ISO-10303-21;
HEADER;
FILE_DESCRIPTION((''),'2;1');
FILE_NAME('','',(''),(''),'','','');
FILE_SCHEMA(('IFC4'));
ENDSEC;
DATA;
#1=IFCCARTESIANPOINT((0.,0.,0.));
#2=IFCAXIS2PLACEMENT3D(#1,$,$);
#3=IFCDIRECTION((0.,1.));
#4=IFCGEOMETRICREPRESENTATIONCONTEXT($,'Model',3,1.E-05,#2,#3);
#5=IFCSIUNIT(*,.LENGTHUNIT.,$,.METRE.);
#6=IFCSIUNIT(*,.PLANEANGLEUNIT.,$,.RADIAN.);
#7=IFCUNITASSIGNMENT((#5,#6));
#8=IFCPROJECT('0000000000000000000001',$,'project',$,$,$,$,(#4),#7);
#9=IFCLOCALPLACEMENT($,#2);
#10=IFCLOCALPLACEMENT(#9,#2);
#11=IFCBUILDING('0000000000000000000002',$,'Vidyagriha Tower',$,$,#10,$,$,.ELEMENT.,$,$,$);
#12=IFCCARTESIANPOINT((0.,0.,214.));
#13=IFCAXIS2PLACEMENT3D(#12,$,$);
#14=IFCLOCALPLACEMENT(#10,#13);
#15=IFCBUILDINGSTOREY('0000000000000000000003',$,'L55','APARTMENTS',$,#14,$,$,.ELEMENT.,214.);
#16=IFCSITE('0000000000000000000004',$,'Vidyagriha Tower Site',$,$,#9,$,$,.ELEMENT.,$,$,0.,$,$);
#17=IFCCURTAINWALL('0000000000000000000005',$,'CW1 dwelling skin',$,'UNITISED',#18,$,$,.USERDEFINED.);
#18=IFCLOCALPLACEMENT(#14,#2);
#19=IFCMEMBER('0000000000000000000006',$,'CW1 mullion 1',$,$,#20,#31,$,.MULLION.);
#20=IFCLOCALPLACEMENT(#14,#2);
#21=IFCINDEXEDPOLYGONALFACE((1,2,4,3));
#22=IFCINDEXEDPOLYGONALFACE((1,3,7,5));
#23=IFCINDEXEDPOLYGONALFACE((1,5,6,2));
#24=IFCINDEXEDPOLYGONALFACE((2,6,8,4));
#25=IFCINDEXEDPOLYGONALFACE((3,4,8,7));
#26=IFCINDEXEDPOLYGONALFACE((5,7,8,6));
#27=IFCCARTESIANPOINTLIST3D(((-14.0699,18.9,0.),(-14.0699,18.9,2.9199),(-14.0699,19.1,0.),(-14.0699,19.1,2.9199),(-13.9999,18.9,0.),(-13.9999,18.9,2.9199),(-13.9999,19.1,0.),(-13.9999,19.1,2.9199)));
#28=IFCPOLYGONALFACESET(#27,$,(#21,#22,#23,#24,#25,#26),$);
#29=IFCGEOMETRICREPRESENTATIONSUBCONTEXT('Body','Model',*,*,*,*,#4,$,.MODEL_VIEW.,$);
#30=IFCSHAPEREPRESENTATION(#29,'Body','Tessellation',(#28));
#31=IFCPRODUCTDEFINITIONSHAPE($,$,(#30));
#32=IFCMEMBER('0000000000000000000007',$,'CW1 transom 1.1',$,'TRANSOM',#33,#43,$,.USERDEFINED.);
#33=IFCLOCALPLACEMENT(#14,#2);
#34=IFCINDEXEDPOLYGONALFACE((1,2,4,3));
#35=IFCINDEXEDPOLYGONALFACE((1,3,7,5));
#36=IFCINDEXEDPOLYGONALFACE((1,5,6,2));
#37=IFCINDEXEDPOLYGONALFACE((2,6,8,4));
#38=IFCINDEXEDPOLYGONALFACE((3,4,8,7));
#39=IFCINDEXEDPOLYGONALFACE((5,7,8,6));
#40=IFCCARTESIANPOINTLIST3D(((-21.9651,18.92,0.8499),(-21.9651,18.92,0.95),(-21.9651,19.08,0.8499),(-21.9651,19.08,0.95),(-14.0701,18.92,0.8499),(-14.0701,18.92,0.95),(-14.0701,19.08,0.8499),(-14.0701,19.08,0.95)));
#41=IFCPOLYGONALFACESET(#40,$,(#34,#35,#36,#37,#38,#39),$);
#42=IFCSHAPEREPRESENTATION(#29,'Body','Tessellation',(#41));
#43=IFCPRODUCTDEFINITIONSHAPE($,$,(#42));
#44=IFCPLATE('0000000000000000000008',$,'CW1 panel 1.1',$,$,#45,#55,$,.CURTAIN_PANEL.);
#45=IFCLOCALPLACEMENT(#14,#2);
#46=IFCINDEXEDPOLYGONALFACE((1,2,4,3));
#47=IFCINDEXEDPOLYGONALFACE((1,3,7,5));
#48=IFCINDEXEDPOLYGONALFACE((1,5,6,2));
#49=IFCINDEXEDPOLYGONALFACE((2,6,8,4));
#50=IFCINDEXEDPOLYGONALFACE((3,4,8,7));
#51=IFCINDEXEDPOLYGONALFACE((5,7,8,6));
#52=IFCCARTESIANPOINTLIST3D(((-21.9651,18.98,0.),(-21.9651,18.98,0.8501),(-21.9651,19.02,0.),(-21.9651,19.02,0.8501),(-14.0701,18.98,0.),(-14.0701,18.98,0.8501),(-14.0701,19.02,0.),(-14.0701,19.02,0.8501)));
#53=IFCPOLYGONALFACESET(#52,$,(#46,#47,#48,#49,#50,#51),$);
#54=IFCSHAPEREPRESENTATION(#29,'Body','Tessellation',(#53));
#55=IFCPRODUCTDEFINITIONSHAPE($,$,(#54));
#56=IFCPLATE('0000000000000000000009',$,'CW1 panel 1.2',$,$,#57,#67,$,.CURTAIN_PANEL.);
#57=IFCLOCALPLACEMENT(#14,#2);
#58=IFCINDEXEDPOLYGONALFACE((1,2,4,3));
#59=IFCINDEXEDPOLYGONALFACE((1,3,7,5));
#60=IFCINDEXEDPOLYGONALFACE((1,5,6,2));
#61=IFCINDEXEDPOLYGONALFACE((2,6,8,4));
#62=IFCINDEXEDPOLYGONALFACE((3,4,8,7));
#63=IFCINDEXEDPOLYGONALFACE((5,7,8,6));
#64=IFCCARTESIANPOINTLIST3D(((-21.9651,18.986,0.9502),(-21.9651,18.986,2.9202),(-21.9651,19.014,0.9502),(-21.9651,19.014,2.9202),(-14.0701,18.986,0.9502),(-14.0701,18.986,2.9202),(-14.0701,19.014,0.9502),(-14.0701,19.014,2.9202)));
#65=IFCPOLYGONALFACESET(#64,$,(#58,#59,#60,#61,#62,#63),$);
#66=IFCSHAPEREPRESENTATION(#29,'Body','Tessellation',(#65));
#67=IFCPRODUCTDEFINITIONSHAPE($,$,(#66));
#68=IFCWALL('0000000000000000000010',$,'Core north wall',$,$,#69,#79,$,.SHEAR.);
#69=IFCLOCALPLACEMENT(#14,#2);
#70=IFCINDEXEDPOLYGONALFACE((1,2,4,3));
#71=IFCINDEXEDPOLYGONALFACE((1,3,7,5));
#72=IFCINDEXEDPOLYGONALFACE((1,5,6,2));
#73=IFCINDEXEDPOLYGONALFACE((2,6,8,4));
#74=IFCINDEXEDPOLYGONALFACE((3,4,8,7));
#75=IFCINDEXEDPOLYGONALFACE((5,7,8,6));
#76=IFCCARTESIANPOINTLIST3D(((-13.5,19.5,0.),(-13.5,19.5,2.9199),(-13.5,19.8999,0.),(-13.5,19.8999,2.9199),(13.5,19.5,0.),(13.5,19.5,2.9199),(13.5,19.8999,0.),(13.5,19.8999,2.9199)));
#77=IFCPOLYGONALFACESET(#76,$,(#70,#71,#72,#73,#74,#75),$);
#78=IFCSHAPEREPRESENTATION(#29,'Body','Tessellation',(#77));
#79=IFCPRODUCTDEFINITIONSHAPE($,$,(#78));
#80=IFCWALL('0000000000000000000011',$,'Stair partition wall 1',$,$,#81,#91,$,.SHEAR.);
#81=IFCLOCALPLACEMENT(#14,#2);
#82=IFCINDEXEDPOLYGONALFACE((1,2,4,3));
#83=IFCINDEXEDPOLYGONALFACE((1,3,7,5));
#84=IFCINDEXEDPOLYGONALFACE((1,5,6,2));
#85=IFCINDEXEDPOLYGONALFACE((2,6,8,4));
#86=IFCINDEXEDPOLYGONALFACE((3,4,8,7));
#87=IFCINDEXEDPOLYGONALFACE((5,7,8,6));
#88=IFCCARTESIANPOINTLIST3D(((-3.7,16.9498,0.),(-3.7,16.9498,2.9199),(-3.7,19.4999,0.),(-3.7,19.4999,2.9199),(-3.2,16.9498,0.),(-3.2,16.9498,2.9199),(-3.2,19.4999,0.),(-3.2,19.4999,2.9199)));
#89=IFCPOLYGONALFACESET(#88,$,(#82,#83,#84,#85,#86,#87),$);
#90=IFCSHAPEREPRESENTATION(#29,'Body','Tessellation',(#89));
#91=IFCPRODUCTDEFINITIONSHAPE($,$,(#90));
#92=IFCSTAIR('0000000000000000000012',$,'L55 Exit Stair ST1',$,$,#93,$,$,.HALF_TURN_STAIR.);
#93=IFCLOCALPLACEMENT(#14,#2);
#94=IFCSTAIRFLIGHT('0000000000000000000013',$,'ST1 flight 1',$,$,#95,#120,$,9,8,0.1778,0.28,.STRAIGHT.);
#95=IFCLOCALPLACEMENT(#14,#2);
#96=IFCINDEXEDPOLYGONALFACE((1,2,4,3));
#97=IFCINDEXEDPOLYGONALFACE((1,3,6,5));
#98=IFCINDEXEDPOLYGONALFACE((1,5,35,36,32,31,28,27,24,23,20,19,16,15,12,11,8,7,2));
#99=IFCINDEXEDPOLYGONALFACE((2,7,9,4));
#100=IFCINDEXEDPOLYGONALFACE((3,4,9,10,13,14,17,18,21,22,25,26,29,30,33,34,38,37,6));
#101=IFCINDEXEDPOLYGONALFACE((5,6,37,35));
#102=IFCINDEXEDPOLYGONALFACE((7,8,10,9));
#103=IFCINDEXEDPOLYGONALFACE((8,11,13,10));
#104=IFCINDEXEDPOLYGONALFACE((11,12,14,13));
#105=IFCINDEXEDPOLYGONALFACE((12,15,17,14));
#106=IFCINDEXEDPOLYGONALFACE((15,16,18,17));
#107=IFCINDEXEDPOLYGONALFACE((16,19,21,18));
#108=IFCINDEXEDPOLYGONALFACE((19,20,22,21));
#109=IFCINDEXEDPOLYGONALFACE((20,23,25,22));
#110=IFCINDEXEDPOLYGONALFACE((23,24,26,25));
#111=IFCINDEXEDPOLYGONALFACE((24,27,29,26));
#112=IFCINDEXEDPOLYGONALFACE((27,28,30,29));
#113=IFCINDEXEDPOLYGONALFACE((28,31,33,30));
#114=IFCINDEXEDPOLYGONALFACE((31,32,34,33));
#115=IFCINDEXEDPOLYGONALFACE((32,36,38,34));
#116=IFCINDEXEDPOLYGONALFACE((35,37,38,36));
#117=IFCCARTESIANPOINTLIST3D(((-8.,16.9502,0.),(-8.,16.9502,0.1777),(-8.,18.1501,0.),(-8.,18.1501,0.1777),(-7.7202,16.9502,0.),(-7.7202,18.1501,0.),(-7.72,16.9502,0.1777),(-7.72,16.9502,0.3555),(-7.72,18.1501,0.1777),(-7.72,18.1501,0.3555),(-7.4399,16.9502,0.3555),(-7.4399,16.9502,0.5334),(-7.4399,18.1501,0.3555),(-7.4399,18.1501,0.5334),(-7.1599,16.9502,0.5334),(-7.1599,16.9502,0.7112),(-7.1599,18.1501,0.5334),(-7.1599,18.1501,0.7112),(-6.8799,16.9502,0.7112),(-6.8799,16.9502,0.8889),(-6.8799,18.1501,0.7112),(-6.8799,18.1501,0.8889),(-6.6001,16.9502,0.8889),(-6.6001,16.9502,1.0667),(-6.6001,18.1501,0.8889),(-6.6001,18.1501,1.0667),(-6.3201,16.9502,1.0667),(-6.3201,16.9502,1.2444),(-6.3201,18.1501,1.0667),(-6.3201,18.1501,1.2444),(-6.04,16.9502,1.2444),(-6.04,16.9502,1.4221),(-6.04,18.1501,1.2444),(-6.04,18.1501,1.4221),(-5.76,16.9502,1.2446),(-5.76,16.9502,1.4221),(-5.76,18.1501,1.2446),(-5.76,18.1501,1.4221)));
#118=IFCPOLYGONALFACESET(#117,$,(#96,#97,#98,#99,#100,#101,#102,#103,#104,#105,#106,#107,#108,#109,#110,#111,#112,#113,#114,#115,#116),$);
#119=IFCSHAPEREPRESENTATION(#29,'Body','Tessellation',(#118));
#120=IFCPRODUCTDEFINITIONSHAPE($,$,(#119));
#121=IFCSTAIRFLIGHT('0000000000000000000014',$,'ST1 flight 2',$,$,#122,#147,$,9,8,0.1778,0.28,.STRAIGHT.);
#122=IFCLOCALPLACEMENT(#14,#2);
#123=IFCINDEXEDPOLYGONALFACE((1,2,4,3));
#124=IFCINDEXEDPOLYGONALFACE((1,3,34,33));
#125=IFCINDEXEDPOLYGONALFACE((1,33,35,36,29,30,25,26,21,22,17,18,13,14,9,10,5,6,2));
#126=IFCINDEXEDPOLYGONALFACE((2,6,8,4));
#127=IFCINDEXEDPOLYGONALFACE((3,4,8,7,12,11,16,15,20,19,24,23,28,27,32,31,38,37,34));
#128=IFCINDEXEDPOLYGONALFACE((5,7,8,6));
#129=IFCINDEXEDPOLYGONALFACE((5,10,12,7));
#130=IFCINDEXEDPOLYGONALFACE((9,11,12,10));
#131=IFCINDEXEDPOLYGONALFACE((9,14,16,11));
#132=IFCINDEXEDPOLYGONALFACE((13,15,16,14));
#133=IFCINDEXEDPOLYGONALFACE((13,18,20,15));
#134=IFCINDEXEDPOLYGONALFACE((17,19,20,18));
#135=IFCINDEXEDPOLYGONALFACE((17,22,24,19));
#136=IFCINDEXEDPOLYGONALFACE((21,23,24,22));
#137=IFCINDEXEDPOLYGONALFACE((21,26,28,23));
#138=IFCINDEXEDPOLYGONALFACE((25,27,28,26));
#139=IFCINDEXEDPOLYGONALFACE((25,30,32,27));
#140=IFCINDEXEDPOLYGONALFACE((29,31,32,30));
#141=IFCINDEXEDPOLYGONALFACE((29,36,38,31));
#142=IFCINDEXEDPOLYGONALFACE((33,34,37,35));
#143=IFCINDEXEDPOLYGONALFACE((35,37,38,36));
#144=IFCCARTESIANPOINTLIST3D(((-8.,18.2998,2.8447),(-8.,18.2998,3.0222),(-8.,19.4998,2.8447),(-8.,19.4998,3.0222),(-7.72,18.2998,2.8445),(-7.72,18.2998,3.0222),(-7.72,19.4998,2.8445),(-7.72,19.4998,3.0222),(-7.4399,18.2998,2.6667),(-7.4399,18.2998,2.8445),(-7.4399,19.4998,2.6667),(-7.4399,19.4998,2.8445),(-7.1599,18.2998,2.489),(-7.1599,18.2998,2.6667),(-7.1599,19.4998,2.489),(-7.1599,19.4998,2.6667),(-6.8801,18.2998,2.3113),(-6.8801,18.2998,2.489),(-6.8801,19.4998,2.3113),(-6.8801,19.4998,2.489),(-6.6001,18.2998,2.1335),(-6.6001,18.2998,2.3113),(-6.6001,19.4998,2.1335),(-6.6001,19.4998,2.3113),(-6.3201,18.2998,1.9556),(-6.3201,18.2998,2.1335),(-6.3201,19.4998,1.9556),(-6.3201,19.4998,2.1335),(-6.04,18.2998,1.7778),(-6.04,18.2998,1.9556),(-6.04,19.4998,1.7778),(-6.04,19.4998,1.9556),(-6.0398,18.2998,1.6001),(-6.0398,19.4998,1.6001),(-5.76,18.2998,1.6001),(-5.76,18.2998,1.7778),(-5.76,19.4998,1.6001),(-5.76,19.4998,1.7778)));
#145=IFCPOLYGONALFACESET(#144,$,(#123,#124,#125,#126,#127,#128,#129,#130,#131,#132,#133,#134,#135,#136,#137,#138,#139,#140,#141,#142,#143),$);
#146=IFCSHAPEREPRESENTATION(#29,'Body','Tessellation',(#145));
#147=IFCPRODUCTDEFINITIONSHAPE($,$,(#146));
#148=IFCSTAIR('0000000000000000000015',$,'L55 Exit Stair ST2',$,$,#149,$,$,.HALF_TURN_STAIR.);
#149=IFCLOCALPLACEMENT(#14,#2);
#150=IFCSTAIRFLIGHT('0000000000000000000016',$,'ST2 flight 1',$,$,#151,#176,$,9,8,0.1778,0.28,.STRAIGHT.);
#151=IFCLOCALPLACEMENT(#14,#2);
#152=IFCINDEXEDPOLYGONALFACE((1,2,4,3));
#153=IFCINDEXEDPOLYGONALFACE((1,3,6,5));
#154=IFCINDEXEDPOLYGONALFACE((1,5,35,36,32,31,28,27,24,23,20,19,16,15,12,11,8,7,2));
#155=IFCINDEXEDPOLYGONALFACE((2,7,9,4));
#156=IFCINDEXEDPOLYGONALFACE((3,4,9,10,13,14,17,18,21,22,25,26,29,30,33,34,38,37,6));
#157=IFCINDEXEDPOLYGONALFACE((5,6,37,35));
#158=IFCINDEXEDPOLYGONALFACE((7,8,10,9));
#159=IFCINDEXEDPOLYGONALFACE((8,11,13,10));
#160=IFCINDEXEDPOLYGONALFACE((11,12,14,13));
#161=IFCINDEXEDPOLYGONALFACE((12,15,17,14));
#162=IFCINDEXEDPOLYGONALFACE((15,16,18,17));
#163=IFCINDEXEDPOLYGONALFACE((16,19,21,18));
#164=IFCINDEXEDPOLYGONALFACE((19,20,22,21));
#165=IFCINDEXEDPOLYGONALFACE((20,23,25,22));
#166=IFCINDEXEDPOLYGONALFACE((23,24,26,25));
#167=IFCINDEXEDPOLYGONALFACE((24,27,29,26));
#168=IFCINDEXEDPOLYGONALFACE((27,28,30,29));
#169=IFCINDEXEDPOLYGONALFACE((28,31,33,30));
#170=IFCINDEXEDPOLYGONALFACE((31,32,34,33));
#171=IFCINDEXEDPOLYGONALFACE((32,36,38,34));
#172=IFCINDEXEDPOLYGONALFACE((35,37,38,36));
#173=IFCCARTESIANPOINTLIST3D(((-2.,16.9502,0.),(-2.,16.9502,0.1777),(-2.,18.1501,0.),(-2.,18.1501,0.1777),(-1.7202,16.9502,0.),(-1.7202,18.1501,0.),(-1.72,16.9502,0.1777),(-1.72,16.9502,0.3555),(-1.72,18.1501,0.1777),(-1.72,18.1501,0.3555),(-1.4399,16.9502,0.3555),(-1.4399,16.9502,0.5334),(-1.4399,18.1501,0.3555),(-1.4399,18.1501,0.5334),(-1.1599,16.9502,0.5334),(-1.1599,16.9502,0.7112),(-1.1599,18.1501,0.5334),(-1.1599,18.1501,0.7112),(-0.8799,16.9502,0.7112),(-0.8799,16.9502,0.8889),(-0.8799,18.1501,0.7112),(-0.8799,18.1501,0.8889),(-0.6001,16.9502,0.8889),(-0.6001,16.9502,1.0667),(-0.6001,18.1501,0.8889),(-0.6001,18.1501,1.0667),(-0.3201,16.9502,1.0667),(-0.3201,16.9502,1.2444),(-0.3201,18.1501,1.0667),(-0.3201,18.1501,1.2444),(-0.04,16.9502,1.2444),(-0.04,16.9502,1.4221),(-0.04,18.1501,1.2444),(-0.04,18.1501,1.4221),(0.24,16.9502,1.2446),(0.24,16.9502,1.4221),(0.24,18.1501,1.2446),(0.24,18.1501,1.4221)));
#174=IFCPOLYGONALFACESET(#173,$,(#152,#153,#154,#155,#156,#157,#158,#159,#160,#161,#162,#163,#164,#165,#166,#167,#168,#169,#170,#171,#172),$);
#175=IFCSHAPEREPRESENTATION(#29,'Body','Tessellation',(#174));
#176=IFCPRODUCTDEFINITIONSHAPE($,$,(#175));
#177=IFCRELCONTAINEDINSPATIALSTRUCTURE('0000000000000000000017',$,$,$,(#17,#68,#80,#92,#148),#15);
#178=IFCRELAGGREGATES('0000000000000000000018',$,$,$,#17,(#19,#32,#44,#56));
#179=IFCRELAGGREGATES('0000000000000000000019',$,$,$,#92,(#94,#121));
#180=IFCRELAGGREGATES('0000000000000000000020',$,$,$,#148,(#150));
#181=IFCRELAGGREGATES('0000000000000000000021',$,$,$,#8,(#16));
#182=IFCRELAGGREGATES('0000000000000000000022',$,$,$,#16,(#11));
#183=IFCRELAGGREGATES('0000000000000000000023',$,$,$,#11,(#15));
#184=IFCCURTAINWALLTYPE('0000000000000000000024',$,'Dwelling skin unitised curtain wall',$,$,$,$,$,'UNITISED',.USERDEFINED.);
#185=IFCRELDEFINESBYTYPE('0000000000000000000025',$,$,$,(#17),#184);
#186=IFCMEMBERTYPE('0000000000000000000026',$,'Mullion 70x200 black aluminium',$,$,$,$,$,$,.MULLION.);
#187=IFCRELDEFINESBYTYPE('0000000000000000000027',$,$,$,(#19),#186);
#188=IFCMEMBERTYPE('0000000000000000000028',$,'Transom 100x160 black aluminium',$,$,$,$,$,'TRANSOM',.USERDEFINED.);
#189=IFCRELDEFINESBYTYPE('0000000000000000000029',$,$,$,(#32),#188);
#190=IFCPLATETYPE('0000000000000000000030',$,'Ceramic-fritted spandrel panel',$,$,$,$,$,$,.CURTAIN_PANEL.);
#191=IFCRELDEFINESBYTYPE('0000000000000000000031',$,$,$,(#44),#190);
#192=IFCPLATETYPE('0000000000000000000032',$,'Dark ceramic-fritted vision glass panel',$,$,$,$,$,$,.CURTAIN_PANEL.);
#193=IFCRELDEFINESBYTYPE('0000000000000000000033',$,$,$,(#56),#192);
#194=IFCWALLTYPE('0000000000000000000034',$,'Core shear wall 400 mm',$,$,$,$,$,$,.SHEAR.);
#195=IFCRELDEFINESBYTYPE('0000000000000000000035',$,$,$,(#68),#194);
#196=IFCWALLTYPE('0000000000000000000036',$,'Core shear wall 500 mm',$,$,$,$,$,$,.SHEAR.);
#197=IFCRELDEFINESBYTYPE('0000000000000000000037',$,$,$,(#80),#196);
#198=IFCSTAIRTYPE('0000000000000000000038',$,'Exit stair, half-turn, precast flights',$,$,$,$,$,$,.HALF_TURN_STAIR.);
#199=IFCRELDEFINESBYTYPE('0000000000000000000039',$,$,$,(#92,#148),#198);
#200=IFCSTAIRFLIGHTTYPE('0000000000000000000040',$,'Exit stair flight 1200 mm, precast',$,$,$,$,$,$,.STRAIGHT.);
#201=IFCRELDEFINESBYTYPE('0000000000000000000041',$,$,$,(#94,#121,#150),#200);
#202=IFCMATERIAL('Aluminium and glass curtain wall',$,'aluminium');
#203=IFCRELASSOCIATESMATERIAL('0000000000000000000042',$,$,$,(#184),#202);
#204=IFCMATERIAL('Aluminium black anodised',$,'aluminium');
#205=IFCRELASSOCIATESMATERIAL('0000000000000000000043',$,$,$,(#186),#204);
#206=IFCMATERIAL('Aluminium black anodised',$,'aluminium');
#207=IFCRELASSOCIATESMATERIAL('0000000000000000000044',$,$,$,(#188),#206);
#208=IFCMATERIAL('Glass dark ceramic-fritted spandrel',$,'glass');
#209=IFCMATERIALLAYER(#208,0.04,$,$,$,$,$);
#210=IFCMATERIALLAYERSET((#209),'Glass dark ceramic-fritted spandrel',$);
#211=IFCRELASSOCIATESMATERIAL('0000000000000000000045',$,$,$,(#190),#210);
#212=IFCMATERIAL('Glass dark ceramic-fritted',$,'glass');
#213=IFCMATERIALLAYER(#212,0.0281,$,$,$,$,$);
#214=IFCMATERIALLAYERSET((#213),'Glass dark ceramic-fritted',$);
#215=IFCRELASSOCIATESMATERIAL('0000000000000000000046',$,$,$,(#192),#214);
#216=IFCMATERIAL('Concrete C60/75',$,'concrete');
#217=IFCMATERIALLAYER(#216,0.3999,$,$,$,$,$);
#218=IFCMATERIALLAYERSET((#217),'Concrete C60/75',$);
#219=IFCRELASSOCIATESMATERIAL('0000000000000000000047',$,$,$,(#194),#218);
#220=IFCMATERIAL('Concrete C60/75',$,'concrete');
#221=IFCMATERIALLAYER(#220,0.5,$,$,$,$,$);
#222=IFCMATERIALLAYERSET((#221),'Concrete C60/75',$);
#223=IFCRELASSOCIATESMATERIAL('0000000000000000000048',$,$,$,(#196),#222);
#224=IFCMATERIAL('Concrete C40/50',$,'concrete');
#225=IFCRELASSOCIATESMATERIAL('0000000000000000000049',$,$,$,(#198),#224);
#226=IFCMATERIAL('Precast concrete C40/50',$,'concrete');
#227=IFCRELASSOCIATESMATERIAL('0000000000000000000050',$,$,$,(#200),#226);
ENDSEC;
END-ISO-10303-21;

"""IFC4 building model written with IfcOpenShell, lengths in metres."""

from ifc_helpers import new_model, si_unit, direction, frame, frame_2d, origin, origin_2d, place, context, subcontext, project, spatial, polyline, rectangle, outline, extrude, material, layer, layer_set, material_profile, profile_set, type_object, element, aggregate, save


model = new_model("IFC4")

# Units and contexts
model_context = context("Model", 3, precision=1e-05, world=origin(), true_north=direction((0.0, 1.0)))
body_context = subcontext(model_context, "Body", "Model", "MODEL_VIEW")
ifc_project = project(units=[si_unit("LENGTHUNIT", "METRE"), si_unit("PLANEANGLEUNIT", "RADIAN")], contexts=[model_context])

# Site, building, storey
site_placement = place(None, origin())
site = spatial("IfcSite", under=ifc_project, at=site_placement, Name="Vidyagriha Tower Site", CompositionType="ELEMENT", RefElevation=0.0)
building_placement = place(site_placement, origin())
building = spatial("IfcBuilding", under=site, at=building_placement, Name="Vidyagriha Tower", CompositionType="ELEMENT")
storey_placement = place(building_placement, frame((0.0, 0.0, 214.0)))
storey = spatial("IfcBuildingStorey", under=building, at=storey_placement, Name="L55", Description="APARTMENTS", CompositionType="ELEMENT", Elevation=214.0)

# Curtain wall, members, plates
ifc_material_1 = material(Name="Aluminium and glass curtain wall", Category="aluminium")
curtain_wall_type = type_object("IfcCurtainWallType", Name="Dwelling skin unitised curtain wall", ElementType="UNITISED", PredefinedType="USERDEFINED", material=ifc_material_1)
curtain_wall_placement = place(storey_placement, origin())
curtain_wall = element("IfcCurtainWall", 1, at=curtain_wall_placement, inside=storey, type_object=curtain_wall_type, Name="CW1 dwelling skin", ObjectType="UNITISED", PredefinedType="USERDEFINED")
ifc_material_2 = material(Name="Aluminium black anodised", Category="aluminium")
ifc_material_profile_1 = material_profile(ifc_material_2, rectangle(XDim=0.2, YDim=0.0701, at=origin_2d()), Name="Mullion 70x200 black aluminium")
ifc_profile_set_1 = profile_set([ifc_material_profile_1], Name="Aluminium black anodised")
member_type_1 = type_object("IfcMemberType", Name="Mullion 70x200 black aluminium", PredefinedType="MULLION", material=ifc_profile_set_1)
member_1_placement = place(storey_placement, frame((-14.0349, 19.0, 0.0), z_axis=(0.0, 0.0, 1.0), x_axis=(0.0, -1.0, 0.0)))
member_1 = element("IfcMember", 2, at=member_1_placement, type_object=member_type_1, Name="CW1 mullion 1", PredefinedType="MULLION", context=body_context, shape_type="SweptSolid", body=[
    extrude(rectangle(XDim=0.2, YDim=0.0701, at=origin_2d()), origin(), (0.0, 0.0, 1.0), 2.9199),
])
ifc_material_3 = material(Name="Aluminium black anodised", Category="aluminium")
ifc_material_profile_2 = material_profile(ifc_material_3, rectangle(XDim=0.1599, YDim=0.1001, at=origin_2d()), Name="Transom 100x160 black aluminium")
ifc_profile_set_2 = profile_set([ifc_material_profile_2], Name="Aluminium black anodised")
member_type_2 = type_object("IfcMemberType", Name="Transom 100x160 black aluminium", ElementType="TRANSOM", PredefinedType="USERDEFINED", material=ifc_profile_set_2)
member_2_placement = place(storey_placement, frame((-14.0701, 19.0, 0.8999), z_axis=(-1.0, 0.0, 0.0), x_axis=(0.0, -1.0, 0.0)))
member_2 = element("IfcMember", 3, at=member_2_placement, type_object=member_type_2, Name="CW1 transom 1.1", ObjectType="TRANSOM", PredefinedType="USERDEFINED", context=body_context, shape_type="SweptSolid", body=[
    extrude(rectangle(XDim=0.1599, YDim=0.1001, at=origin_2d()), origin(), (0.0, 0.0, 1.0), 7.895),
])
ifc_material_4 = material(Name="Glass dark ceramic-fritted spandrel", Category="glass")
ifc_layer_1 = layer(ifc_material_4, 0.04)
ifc_layer_set_1 = layer_set([ifc_layer_1], Name="Glass dark ceramic-fritted spandrel")
plate_type_1 = type_object("IfcPlateType", Name="Ceramic-fritted spandrel panel", PredefinedType="CURTAIN_PANEL", material=ifc_layer_set_1)
plate_1_placement = place(storey_placement, frame((-18.0176, 19.0, 0.0), z_axis=(0.0, 0.0, 1.0), x_axis=(-1.0, 0.0, 0.0)))
plate_1 = element("IfcPlate", 4, at=plate_1_placement, type_object=plate_type_1, Name="CW1 panel 1.1", PredefinedType="CURTAIN_PANEL", context=body_context, shape_type="SweptSolid", body=[
    extrude(rectangle(XDim=7.895, YDim=0.04, at=origin_2d()), origin(), (0.0, 0.0, 1.0), 0.8501),
])
ifc_material_5 = material(Name="Glass dark ceramic-fritted", Category="glass")
ifc_layer_2 = layer(ifc_material_5, 0.0281)
ifc_layer_set_2 = layer_set([ifc_layer_2], Name="Glass dark ceramic-fritted")
plate_type_2 = type_object("IfcPlateType", Name="Dark ceramic-fritted vision glass panel", PredefinedType="CURTAIN_PANEL", material=ifc_layer_set_2)
plate_2_placement = place(storey_placement, frame((-18.0176, 19.0, 0.9502), z_axis=(0.0, 0.0, 1.0), x_axis=(-1.0, 0.0, 0.0)))
plate_2 = element("IfcPlate", 5, at=plate_2_placement, type_object=plate_type_2, Name="CW1 panel 1.2", PredefinedType="CURTAIN_PANEL", context=body_context, shape_type="SweptSolid", body=[
    extrude(rectangle(XDim=7.895, YDim=0.0281, at=origin_2d()), origin(), (0.0, 0.0, 1.0), 1.97),
])
aggregate(curtain_wall, [member_1, member_2, plate_1, plate_2])

# Walls
ifc_material_6 = material(Name="Concrete C60/75", Category="concrete")
ifc_layer_3 = layer(ifc_material_6, 0.3999)
ifc_layer_set_3 = layer_set([ifc_layer_3], Name="Concrete C60/75")
wall_type_1 = type_object("IfcWallType", Name="Core shear wall 400 mm", PredefinedType="SHEAR", material=ifc_layer_set_3)
wall_1_placement = place(storey_placement, frame((-13.5, 19.7, 0.0)))
element("IfcWall", 6, at=wall_1_placement, inside=storey, type_object=wall_type_1, Name="Core north wall", PredefinedType="SHEAR", context=body_context, shape_type="SweptSolid", body=[
    extrude(rectangle(XDim=27.0, YDim=0.3999, at=frame_2d((13.5, 0.0))), origin(), (0.0, 0.0, 1.0), 2.9199),
])
ifc_material_7 = material(Name="Concrete C60/75", Category="concrete")
ifc_layer_4 = layer(ifc_material_7, 0.5)
ifc_layer_set_4 = layer_set([ifc_layer_4], Name="Concrete C60/75")
wall_type_2 = type_object("IfcWallType", Name="Core shear wall 500 mm", PredefinedType="SHEAR", material=ifc_layer_set_4)
wall_2_placement = place(storey_placement, frame((-3.45, 16.95, 0.0), z_axis=(0.0, 0.0, 1.0), x_axis=(0.0, 1.0, 0.0)))
element("IfcWall", 7, at=wall_2_placement, inside=storey, type_object=wall_type_2, Name="Stair partition wall 1", PredefinedType="SHEAR", context=body_context, shape_type="SweptSolid", body=[
    extrude(rectangle(XDim=2.55, YDim=0.5, at=frame_2d((1.2749, 0.0))), origin(), (0.0, 0.0, 1.0), 2.9199),
])

# Stair, stair flights
ifc_material_8 = material(Name="Concrete C40/50", Category="concrete")
stair_type = type_object("IfcStairType", Name="Exit stair, half-turn, precast flights", PredefinedType="HALF_TURN_STAIR", material=ifc_material_8)
stair_1_placement = place(storey_placement, origin())
stair_1 = element("IfcStair", 8, at=stair_1_placement, inside=storey, type_object=stair_type, Name="L55 Exit Stair ST1", PredefinedType="HALF_TURN_STAIR")
ifc_material_9 = material(Name="Precast concrete C40/50", Category="concrete")
stair_flight_type = type_object("IfcStairFlightType", Name="Exit stair flight 1200 mm, precast", PredefinedType="STRAIGHT", material=ifc_material_9)
stair_flight_1_placement = place(storey_placement, frame((-8.0, 17.55, 0.0)))
stair_flight_1 = element("IfcStairFlight", 9, at=stair_flight_1_placement, type_object=stair_flight_type, Name="ST1 flight 1", NumberOfRisers=9, NumberOfTreads=8, PredefinedType="STRAIGHT", RiserHeight=0.1778, TreadLength=0.28, context=body_context, shape_type="SweptSolid", body=[
    extrude(outline(polyline([(0.0, 0.0), (0.0, 0.1777), (0.28, 0.1777), (0.28, 0.3555), (0.5601, 0.3555), (0.5601, 0.5334), (0.8401, 0.5334), (0.8401, 0.7112), (1.1201, 0.7112), (1.1201, 0.8889), (1.3999, 0.8889), (1.3999, 1.0667), (1.6799, 1.0667), (1.6799, 1.2444), (1.96, 1.2444), (1.96, 1.4221), (2.24, 1.4221), (2.24, 1.6001), (2.24, 1.2446), (0.2798, 0.0), (0.0, 0.0)])), frame((0.0, 0.6001, 0.0), z_axis=(0.0, -1.0, 0.0), x_axis=(1.0, 0.0, 0.0)), (0.0, 0.0, 1.0), 1.2),
])
stair_flight_2_placement = place(storey_placement, frame((-5.76, 18.8999, 1.6001), z_axis=(0.0, 0.0, 1.0), x_axis=(-1.0, 0.0, 0.0)))
stair_flight_2 = element("IfcStairFlight", 10, at=stair_flight_2_placement, type_object=stair_flight_type, Name="ST1 flight 2", NumberOfRisers=9, NumberOfTreads=8, PredefinedType="STRAIGHT", RiserHeight=0.1778, TreadLength=0.28, context=body_context, shape_type="SweptSolid", body=[
    extrude(outline(polyline([(0.0, 0.0), (0.0, 0.1777), (0.28, 0.1777), (0.28, 0.3555), (0.5601, 0.3555), (0.5601, 0.5334), (0.8401, 0.5334), (0.8401, 0.7112), (1.1201, 0.7112), (1.1201, 0.8889), (1.3999, 0.8889), (1.3999, 1.0667), (1.6799, 1.0667), (1.6799, 1.2444), (1.96, 1.2444), (1.96, 1.4221), (2.24, 1.4221), (2.24, 1.6001), (2.24, 1.2446), (0.2798, 0.0), (0.0, 0.0)])), frame((0.0, 0.6001, 0.0), z_axis=(0.0, -1.0, 0.0), x_axis=(1.0, 0.0, 0.0)), (0.0, 0.0, 1.0), 1.2),
])
aggregate(stair_1, [stair_flight_1, stair_flight_2])

# Stair, stair flight
stair_2_placement = place(storey_placement, origin())
stair_2 = element("IfcStair", 11, at=stair_2_placement, inside=storey, type_object=stair_type, Name="L55 Exit Stair ST2", PredefinedType="HALF_TURN_STAIR")
stair_flight_3_placement = place(storey_placement, frame((-2.0, 17.55, 0.0)))
stair_flight_3 = element("IfcStairFlight", 12, at=stair_flight_3_placement, type_object=stair_flight_type, Name="ST2 flight 1", NumberOfRisers=9, NumberOfTreads=8, PredefinedType="STRAIGHT", RiserHeight=0.1778, TreadLength=0.28, context=body_context, shape_type="SweptSolid", body=[
    extrude(outline(polyline([(0.0, 0.0), (0.0, 0.1777), (0.28, 0.1777), (0.28, 0.3555), (0.5601, 0.3555), (0.5601, 0.5334), (0.8401, 0.5334), (0.8401, 0.7112), (1.1201, 0.7112), (1.1201, 0.8889), (1.3999, 0.8889), (1.3999, 1.0667), (1.6799, 1.0667), (1.6799, 1.2444), (1.96, 1.2444), (1.96, 1.4221), (2.24, 1.4221), (2.24, 1.6001), (2.24, 1.2446), (0.2798, 0.0), (0.0, 0.0)])), frame((0.0, 0.6001, 0.0), z_axis=(0.0, -1.0, 0.0), x_axis=(1.0, 0.0, 0.0)), (0.0, 0.0, 1.0), 1.2),
])
aggregate(stair_2, [stair_flight_3])

save(model, "model.ifc")
